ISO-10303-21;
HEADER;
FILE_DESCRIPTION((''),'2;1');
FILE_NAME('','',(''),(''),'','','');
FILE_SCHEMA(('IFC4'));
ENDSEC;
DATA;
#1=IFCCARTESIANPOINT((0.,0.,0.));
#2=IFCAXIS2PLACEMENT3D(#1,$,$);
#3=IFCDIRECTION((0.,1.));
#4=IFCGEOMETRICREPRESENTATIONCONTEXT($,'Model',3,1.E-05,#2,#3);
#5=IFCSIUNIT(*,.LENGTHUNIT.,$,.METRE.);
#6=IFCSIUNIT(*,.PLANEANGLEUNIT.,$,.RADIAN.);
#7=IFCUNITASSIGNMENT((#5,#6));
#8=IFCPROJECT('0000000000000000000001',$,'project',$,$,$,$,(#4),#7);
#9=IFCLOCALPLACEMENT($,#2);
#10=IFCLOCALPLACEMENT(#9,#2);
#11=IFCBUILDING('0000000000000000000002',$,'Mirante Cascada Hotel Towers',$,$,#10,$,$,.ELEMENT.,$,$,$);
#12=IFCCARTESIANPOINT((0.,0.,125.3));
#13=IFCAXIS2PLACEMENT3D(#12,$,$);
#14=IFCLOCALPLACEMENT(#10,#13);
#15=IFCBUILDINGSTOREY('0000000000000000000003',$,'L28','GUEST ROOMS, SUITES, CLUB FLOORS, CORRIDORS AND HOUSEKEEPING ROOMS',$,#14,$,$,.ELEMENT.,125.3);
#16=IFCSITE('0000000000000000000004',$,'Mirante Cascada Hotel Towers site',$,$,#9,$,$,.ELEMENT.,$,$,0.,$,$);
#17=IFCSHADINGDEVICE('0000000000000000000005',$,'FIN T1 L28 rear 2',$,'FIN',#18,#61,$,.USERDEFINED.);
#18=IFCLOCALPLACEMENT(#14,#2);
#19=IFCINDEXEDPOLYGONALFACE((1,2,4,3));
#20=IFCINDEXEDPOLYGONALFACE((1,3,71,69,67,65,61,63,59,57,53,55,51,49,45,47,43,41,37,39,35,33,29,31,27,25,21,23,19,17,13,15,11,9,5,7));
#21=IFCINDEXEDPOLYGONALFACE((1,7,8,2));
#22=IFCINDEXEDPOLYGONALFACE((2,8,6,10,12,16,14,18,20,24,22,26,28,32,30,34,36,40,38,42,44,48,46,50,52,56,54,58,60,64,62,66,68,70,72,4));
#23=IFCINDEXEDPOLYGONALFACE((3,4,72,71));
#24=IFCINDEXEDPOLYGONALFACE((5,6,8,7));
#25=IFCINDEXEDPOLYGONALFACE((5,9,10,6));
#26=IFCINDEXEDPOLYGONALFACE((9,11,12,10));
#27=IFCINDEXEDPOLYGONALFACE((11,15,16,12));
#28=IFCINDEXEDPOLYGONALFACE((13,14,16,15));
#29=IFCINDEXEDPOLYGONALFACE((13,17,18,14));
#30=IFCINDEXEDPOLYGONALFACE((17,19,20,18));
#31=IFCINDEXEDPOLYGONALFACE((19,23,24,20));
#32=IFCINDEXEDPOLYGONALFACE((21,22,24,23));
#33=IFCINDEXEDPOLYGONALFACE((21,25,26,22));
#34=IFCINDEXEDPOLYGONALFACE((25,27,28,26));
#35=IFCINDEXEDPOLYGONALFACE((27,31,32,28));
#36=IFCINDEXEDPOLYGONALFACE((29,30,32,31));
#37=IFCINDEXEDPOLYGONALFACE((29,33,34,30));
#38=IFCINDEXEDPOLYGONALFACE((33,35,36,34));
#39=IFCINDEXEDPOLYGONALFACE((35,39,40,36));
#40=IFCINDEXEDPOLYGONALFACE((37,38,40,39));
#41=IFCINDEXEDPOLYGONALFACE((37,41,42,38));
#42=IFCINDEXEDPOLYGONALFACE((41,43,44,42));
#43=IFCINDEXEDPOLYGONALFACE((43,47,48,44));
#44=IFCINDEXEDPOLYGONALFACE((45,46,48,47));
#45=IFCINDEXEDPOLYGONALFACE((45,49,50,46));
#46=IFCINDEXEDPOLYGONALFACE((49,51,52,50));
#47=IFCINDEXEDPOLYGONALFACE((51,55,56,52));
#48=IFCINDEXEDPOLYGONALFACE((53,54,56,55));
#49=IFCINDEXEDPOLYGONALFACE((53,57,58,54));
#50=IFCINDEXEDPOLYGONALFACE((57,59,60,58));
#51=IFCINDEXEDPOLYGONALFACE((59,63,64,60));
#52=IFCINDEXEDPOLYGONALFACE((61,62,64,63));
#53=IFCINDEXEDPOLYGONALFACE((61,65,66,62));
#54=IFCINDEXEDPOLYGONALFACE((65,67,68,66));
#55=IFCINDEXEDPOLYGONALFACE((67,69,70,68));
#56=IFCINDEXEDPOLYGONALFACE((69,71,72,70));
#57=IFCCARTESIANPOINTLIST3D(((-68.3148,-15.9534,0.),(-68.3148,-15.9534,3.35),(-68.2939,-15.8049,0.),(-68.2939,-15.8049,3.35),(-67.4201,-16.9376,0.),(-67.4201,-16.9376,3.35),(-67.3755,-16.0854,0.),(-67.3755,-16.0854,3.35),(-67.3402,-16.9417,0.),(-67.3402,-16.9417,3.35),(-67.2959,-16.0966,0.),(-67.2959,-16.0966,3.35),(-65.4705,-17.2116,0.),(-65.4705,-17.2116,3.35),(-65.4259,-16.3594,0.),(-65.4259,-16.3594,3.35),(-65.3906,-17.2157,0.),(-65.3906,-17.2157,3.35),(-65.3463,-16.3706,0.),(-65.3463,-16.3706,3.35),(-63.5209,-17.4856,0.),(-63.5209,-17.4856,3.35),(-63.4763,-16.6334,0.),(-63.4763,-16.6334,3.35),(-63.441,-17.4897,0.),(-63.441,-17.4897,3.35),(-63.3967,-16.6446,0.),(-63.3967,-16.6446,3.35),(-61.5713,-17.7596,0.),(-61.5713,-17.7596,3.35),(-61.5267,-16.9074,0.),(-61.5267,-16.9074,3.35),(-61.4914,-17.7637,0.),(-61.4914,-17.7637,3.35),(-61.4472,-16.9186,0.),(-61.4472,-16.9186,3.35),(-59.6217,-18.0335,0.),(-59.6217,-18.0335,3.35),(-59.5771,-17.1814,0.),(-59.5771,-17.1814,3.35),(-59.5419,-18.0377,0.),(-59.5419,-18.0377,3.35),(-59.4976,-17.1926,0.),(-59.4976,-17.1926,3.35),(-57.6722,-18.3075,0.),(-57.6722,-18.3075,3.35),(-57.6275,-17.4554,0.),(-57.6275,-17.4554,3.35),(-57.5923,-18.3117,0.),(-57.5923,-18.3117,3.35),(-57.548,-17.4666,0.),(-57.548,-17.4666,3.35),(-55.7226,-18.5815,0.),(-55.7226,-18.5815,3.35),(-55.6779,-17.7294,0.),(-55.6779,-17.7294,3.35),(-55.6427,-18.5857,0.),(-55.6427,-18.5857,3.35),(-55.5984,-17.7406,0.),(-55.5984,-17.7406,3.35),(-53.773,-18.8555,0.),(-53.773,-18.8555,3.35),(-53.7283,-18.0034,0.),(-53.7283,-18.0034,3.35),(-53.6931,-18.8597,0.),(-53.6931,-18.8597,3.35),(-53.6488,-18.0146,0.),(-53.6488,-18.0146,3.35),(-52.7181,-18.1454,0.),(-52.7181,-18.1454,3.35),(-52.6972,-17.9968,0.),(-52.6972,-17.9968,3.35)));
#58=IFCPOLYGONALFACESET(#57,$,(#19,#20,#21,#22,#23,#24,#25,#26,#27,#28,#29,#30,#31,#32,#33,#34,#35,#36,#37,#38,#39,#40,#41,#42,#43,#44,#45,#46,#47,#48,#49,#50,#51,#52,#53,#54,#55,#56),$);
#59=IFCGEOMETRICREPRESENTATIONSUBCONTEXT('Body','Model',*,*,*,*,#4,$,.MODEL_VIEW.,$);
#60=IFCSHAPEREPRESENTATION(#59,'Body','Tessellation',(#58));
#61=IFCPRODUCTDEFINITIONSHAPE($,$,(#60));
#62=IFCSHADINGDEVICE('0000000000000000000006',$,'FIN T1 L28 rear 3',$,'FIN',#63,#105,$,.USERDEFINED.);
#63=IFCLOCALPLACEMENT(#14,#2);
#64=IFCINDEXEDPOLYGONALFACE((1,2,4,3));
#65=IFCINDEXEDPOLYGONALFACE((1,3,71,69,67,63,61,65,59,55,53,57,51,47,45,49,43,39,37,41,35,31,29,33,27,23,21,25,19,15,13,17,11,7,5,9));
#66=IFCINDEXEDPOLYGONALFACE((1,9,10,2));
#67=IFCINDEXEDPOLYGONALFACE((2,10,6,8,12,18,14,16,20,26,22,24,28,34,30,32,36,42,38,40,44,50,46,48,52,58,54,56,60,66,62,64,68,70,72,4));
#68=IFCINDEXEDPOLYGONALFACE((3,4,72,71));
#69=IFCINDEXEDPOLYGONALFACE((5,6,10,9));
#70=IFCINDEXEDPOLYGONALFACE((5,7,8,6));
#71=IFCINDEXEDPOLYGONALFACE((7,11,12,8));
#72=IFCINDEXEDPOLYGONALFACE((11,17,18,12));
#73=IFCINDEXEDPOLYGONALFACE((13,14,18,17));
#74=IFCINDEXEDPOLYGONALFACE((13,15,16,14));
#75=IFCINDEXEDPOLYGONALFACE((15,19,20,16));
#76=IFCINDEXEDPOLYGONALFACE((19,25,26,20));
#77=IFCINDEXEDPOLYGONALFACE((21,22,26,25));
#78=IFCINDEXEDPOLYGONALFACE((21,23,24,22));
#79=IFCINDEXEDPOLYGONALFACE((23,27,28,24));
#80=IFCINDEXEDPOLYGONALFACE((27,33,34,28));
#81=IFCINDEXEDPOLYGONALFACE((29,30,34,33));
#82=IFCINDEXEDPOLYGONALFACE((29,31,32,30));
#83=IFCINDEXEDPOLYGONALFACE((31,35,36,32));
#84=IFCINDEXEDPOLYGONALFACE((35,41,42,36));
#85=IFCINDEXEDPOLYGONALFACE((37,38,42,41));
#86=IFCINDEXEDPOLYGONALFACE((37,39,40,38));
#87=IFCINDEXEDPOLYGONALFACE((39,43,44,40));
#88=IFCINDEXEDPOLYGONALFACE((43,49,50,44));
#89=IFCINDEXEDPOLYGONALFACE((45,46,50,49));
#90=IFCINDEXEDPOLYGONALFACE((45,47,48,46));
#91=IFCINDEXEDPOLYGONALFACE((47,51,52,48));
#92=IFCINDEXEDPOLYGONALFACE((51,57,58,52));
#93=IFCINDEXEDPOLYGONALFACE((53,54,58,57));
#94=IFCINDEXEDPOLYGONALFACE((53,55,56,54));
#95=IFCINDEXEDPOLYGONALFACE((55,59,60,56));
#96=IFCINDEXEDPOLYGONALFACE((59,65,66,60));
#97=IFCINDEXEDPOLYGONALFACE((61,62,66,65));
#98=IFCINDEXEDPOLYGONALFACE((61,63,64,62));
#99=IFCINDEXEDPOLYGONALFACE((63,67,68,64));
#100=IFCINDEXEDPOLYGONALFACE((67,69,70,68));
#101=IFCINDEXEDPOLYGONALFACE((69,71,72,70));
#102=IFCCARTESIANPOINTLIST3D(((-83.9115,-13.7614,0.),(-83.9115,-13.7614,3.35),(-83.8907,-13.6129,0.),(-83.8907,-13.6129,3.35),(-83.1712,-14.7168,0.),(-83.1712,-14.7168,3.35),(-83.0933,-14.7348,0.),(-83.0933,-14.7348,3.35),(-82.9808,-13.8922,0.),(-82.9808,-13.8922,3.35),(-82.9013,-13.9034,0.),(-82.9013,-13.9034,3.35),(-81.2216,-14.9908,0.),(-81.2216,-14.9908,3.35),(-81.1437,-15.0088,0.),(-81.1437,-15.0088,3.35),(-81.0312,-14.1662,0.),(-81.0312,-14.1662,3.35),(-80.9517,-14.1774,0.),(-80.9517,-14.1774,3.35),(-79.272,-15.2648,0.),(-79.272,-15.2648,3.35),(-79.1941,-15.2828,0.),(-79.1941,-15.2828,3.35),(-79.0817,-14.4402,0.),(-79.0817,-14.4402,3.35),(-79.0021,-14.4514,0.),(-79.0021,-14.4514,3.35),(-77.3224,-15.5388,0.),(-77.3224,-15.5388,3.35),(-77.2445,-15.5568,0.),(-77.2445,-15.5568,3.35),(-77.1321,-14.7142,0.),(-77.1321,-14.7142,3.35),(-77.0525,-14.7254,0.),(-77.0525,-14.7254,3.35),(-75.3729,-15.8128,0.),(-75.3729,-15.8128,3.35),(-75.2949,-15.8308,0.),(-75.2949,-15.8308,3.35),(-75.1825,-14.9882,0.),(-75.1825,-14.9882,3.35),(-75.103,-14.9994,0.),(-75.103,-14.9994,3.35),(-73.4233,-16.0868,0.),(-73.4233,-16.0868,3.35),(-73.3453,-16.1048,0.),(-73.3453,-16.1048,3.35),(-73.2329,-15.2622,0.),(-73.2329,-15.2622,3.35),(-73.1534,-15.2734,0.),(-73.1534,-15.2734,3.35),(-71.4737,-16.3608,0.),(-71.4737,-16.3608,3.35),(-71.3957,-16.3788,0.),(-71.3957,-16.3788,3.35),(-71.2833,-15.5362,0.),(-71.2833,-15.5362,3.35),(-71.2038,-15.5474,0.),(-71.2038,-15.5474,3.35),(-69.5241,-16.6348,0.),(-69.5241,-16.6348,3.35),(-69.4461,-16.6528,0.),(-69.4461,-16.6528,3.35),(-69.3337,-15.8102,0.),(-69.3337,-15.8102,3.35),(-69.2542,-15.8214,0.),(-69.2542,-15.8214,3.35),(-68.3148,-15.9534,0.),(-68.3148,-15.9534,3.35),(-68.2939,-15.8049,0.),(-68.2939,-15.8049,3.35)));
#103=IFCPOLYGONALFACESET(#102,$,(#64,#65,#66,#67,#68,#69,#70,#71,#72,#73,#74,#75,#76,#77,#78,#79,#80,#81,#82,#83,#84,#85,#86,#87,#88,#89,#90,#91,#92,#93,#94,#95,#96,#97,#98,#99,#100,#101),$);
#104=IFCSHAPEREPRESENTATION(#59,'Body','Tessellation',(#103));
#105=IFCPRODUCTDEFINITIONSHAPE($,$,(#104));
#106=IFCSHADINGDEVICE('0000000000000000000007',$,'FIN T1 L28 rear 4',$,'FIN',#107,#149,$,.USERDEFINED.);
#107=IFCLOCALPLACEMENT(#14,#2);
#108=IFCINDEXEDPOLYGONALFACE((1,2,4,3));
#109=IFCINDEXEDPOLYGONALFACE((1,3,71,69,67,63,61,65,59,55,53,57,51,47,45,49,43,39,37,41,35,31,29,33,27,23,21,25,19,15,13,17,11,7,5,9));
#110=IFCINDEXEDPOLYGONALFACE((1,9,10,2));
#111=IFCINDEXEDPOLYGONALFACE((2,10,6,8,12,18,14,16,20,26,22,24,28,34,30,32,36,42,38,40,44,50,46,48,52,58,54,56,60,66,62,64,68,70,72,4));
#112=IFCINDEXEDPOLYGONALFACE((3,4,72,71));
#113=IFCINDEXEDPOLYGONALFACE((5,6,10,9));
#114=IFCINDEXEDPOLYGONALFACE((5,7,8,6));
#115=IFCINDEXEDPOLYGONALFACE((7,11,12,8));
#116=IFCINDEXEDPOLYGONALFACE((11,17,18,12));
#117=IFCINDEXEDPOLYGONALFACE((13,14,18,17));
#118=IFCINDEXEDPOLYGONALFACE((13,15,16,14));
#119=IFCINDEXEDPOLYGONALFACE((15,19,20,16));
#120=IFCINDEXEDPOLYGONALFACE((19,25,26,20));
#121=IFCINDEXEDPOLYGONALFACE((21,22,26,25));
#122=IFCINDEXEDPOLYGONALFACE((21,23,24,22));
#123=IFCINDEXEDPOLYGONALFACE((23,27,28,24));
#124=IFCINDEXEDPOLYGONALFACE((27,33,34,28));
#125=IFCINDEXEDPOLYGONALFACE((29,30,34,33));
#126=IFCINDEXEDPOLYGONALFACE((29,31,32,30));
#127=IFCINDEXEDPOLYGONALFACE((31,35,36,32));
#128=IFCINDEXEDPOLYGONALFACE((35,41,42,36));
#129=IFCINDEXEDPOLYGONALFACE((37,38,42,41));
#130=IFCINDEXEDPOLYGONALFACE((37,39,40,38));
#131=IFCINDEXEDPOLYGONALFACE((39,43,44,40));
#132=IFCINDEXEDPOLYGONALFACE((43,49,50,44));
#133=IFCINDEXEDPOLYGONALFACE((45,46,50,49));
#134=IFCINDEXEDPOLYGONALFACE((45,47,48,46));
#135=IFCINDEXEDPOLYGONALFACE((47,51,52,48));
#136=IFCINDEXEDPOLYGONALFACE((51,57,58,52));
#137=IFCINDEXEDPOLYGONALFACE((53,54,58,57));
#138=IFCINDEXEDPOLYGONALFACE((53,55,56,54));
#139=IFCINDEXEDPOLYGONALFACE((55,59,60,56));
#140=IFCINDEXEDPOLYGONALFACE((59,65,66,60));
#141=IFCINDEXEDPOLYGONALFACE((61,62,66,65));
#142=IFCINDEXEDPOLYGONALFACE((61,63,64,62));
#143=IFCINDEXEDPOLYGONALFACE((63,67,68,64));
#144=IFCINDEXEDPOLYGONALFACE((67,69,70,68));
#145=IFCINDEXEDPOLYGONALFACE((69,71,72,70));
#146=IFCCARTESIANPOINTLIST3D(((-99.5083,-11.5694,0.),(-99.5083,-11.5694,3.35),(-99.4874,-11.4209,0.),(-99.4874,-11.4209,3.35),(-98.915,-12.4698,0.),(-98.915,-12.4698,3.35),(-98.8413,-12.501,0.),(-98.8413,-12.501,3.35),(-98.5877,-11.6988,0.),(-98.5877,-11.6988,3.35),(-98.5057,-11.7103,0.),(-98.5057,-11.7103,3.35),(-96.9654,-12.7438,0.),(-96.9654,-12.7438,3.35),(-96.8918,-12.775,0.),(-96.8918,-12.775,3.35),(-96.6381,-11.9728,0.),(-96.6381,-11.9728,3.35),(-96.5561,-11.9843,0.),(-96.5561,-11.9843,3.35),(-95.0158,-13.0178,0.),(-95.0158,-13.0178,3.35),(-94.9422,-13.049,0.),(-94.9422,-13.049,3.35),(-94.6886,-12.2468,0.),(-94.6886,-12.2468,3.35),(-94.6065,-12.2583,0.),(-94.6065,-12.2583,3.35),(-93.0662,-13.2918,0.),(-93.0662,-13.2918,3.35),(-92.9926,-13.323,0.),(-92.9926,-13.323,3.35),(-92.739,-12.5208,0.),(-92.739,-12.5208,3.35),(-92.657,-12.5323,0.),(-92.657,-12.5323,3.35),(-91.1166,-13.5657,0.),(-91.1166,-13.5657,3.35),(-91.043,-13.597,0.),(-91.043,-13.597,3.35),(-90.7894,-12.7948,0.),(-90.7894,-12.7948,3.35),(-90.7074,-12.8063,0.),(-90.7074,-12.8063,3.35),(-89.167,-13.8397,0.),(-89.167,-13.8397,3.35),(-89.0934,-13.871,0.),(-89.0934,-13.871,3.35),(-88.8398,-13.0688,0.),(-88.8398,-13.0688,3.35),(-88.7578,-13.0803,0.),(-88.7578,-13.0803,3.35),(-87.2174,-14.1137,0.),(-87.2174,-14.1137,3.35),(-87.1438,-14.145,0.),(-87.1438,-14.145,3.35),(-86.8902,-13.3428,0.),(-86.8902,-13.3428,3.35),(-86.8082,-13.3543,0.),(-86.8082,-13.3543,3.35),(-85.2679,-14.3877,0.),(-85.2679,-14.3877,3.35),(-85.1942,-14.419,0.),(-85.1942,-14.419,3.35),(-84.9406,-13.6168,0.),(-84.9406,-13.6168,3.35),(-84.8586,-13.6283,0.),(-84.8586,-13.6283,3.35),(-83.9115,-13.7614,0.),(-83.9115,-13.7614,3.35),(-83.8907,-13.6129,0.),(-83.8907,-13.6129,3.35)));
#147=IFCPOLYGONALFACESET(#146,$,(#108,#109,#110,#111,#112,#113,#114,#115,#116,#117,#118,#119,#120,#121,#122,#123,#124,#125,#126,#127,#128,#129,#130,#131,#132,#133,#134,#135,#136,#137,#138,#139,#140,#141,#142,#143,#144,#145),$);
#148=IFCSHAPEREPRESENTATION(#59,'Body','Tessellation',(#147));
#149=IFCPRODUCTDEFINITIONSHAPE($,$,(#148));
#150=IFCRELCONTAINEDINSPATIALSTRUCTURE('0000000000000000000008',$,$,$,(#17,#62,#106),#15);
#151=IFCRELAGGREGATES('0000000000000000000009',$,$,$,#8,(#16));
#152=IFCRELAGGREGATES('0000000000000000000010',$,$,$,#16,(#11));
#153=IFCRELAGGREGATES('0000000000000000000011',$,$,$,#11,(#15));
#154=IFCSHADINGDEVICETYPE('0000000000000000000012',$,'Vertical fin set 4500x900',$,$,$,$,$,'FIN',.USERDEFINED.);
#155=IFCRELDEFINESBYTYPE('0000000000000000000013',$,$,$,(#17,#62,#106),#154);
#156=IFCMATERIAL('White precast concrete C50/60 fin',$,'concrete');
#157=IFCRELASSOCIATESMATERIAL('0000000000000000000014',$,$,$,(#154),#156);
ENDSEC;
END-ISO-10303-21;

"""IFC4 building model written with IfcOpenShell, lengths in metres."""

from ifc_helpers import new_model, si_unit, direction, frame, origin, place, context, subcontext, project, spatial, polyline, outline, extrude, material, type_object, element, save


model = new_model("IFC4")

# Units and contexts
model_context = context("Model", 3, precision=1e-05, world=origin(), true_north=direction((0.0, 1.0)))
body_context = subcontext(model_context, "Body", "Model", "MODEL_VIEW")
ifc_project = project(units=[si_unit("LENGTHUNIT", "METRE"), si_unit("PLANEANGLEUNIT", "RADIAN")], contexts=[model_context])

# Site, building, storey
site_placement = place(None, origin())
site = spatial("IfcSite", under=ifc_project, at=site_placement, Name="Mirante Cascada Hotel Towers site", CompositionType="ELEMENT", RefElevation=0.0)
building_placement = place(site_placement, origin())
building = spatial("IfcBuilding", under=site, at=building_placement, Name="Mirante Cascada Hotel Towers", CompositionType="ELEMENT")
storey_placement = place(building_placement, frame((0.0, 0.0, 125.3)))
storey = spatial("IfcBuildingStorey", under=building, at=storey_placement, Name="L28", Description="GUEST ROOMS, SUITES, CLUB FLOORS, CORRIDORS AND HOUSEKEEPING ROOMS", CompositionType="ELEMENT", Elevation=125.3)

# Shading devices
ifc_material_1 = material(Name="White precast concrete C50/60 fin", Category="concrete")
shading_device_type = type_object("IfcShadingDeviceType", Name="Vertical fin set 4500x900", ElementType="FIN", PredefinedType="USERDEFINED", material=ifc_material_1)
shading_device_1_placement = place(storey_placement, origin())
element("IfcShadingDevice", 1, at=shading_device_1_placement, inside=storey, type_object=shading_device_type, Name="FIN T1 L28 rear 2", ObjectType="FIN", PredefinedType="USERDEFINED", context=body_context, shape_type="SweptSolid", body=[
    extrude(outline(polyline([(-53.7283, -18.0034), (-55.5984, -17.7406), (-55.6427, -18.5857), (-55.7226, -18.5815), (-55.6779, -17.7294), (-57.548, -17.4666), (-57.5923, -18.3117), (-57.6722, -18.3075), (-57.6275, -17.4554), (-59.4976, -17.1926), (-59.5419, -18.0377), (-59.6217, -18.0335), (-59.5771, -17.1814), (-61.4472, -16.9186), (-61.4914, -17.7637), (-61.5713, -17.7596), (-61.5267, -16.9074), (-63.3967, -16.6446), (-63.441, -17.4897), (-63.5209, -17.4856), (-63.4763, -16.6334), (-65.3463, -16.3706), (-65.3906, -17.2157), (-65.4705, -17.2116), (-65.4259, -16.3594), (-67.2959, -16.0966), (-67.3402, -16.9417), (-67.4201, -16.9376), (-67.3755, -16.0854), (-68.3148, -15.9534), (-68.2939, -15.8049), (-52.6972, -17.9968), (-52.7181, -18.1454), (-53.6488, -18.0146), (-53.6931, -18.8597), (-53.773, -18.8555), (-53.7283, -18.0034)])), origin(), (0.0, 0.0, 1.0), 3.35),
])
shading_device_2_placement = place(storey_placement, origin())
element("IfcShadingDevice", 2, at=shading_device_2_placement, inside=storey, type_object=shading_device_type, Name="FIN T1 L28 rear 3", ObjectType="FIN", PredefinedType="USERDEFINED", context=body_context, shape_type="SweptSolid", body=[
    extrude(outline(polyline([(-69.3337, -15.8102), (-71.2038, -15.5474), (-71.3957, -16.3788), (-71.4737, -16.3608), (-71.2833, -15.5362), (-73.1534, -15.2734), (-73.3453, -16.1048), (-73.4233, -16.0868), (-73.2329, -15.2622), (-75.103, -14.9994), (-75.2949, -15.8308), (-75.3729, -15.8128), (-75.1825, -14.9882), (-77.0525, -14.7254), (-77.2445, -15.5568), (-77.3224, -15.5388), (-77.1321, -14.7142), (-79.0021, -14.4514), (-79.1941, -15.2828), (-79.272, -15.2648), (-79.0817, -14.4402), (-80.9517, -14.1774), (-81.1437, -15.0088), (-81.2216, -14.9908), (-81.0312, -14.1662), (-82.9013, -13.9034), (-83.0933, -14.7348), (-83.1712, -14.7168), (-82.9808, -13.8922), (-83.9115, -13.7614), (-83.8907, -13.6129), (-68.2939, -15.8049), (-68.3148, -15.9534), (-69.2542, -15.8214), (-69.4461, -16.6528), (-69.5241, -16.6348), (-69.3337, -15.8102)])), origin(), (0.0, 0.0, 1.0), 3.35),
])
shading_device_3_placement = place(storey_placement, origin())
element("IfcShadingDevice", 3, at=shading_device_3_placement, inside=storey, type_object=shading_device_type, Name="FIN T1 L28 rear 4", ObjectType="FIN", PredefinedType="USERDEFINED", context=body_context, shape_type="SweptSolid", body=[
    extrude(outline(polyline([(-84.9406, -13.6168), (-86.8082, -13.3543), (-87.1438, -14.145), (-87.2174, -14.1137), (-86.8902, -13.3428), (-88.7578, -13.0803), (-89.0934, -13.871), (-89.167, -13.8397), (-88.8398, -13.0688), (-90.7074, -12.8063), (-91.043, -13.597), (-91.1166, -13.5657), (-90.7894, -12.7948), (-92.657, -12.5323), (-92.9926, -13.323), (-93.0662, -13.2918), (-92.739, -12.5208), (-94.6065, -12.2583), (-94.9422, -13.049), (-95.0158, -13.0178), (-94.6886, -12.2468), (-96.5561, -11.9843), (-96.8918, -12.775), (-96.9654, -12.7438), (-96.6381, -11.9728), (-98.5057, -11.7103), (-98.8413, -12.501), (-98.915, -12.4698), (-98.5877, -11.6988), (-99.5083, -11.5694), (-99.4874, -11.4209), (-83.8907, -13.6129), (-83.9115, -13.7614), (-84.8586, -13.6283), (-85.1942, -14.419), (-85.2679, -14.3877), (-84.9406, -13.6168)])), origin(), (0.0, 0.0, 1.0), 3.35),
])

save(model, "model.ifc")
